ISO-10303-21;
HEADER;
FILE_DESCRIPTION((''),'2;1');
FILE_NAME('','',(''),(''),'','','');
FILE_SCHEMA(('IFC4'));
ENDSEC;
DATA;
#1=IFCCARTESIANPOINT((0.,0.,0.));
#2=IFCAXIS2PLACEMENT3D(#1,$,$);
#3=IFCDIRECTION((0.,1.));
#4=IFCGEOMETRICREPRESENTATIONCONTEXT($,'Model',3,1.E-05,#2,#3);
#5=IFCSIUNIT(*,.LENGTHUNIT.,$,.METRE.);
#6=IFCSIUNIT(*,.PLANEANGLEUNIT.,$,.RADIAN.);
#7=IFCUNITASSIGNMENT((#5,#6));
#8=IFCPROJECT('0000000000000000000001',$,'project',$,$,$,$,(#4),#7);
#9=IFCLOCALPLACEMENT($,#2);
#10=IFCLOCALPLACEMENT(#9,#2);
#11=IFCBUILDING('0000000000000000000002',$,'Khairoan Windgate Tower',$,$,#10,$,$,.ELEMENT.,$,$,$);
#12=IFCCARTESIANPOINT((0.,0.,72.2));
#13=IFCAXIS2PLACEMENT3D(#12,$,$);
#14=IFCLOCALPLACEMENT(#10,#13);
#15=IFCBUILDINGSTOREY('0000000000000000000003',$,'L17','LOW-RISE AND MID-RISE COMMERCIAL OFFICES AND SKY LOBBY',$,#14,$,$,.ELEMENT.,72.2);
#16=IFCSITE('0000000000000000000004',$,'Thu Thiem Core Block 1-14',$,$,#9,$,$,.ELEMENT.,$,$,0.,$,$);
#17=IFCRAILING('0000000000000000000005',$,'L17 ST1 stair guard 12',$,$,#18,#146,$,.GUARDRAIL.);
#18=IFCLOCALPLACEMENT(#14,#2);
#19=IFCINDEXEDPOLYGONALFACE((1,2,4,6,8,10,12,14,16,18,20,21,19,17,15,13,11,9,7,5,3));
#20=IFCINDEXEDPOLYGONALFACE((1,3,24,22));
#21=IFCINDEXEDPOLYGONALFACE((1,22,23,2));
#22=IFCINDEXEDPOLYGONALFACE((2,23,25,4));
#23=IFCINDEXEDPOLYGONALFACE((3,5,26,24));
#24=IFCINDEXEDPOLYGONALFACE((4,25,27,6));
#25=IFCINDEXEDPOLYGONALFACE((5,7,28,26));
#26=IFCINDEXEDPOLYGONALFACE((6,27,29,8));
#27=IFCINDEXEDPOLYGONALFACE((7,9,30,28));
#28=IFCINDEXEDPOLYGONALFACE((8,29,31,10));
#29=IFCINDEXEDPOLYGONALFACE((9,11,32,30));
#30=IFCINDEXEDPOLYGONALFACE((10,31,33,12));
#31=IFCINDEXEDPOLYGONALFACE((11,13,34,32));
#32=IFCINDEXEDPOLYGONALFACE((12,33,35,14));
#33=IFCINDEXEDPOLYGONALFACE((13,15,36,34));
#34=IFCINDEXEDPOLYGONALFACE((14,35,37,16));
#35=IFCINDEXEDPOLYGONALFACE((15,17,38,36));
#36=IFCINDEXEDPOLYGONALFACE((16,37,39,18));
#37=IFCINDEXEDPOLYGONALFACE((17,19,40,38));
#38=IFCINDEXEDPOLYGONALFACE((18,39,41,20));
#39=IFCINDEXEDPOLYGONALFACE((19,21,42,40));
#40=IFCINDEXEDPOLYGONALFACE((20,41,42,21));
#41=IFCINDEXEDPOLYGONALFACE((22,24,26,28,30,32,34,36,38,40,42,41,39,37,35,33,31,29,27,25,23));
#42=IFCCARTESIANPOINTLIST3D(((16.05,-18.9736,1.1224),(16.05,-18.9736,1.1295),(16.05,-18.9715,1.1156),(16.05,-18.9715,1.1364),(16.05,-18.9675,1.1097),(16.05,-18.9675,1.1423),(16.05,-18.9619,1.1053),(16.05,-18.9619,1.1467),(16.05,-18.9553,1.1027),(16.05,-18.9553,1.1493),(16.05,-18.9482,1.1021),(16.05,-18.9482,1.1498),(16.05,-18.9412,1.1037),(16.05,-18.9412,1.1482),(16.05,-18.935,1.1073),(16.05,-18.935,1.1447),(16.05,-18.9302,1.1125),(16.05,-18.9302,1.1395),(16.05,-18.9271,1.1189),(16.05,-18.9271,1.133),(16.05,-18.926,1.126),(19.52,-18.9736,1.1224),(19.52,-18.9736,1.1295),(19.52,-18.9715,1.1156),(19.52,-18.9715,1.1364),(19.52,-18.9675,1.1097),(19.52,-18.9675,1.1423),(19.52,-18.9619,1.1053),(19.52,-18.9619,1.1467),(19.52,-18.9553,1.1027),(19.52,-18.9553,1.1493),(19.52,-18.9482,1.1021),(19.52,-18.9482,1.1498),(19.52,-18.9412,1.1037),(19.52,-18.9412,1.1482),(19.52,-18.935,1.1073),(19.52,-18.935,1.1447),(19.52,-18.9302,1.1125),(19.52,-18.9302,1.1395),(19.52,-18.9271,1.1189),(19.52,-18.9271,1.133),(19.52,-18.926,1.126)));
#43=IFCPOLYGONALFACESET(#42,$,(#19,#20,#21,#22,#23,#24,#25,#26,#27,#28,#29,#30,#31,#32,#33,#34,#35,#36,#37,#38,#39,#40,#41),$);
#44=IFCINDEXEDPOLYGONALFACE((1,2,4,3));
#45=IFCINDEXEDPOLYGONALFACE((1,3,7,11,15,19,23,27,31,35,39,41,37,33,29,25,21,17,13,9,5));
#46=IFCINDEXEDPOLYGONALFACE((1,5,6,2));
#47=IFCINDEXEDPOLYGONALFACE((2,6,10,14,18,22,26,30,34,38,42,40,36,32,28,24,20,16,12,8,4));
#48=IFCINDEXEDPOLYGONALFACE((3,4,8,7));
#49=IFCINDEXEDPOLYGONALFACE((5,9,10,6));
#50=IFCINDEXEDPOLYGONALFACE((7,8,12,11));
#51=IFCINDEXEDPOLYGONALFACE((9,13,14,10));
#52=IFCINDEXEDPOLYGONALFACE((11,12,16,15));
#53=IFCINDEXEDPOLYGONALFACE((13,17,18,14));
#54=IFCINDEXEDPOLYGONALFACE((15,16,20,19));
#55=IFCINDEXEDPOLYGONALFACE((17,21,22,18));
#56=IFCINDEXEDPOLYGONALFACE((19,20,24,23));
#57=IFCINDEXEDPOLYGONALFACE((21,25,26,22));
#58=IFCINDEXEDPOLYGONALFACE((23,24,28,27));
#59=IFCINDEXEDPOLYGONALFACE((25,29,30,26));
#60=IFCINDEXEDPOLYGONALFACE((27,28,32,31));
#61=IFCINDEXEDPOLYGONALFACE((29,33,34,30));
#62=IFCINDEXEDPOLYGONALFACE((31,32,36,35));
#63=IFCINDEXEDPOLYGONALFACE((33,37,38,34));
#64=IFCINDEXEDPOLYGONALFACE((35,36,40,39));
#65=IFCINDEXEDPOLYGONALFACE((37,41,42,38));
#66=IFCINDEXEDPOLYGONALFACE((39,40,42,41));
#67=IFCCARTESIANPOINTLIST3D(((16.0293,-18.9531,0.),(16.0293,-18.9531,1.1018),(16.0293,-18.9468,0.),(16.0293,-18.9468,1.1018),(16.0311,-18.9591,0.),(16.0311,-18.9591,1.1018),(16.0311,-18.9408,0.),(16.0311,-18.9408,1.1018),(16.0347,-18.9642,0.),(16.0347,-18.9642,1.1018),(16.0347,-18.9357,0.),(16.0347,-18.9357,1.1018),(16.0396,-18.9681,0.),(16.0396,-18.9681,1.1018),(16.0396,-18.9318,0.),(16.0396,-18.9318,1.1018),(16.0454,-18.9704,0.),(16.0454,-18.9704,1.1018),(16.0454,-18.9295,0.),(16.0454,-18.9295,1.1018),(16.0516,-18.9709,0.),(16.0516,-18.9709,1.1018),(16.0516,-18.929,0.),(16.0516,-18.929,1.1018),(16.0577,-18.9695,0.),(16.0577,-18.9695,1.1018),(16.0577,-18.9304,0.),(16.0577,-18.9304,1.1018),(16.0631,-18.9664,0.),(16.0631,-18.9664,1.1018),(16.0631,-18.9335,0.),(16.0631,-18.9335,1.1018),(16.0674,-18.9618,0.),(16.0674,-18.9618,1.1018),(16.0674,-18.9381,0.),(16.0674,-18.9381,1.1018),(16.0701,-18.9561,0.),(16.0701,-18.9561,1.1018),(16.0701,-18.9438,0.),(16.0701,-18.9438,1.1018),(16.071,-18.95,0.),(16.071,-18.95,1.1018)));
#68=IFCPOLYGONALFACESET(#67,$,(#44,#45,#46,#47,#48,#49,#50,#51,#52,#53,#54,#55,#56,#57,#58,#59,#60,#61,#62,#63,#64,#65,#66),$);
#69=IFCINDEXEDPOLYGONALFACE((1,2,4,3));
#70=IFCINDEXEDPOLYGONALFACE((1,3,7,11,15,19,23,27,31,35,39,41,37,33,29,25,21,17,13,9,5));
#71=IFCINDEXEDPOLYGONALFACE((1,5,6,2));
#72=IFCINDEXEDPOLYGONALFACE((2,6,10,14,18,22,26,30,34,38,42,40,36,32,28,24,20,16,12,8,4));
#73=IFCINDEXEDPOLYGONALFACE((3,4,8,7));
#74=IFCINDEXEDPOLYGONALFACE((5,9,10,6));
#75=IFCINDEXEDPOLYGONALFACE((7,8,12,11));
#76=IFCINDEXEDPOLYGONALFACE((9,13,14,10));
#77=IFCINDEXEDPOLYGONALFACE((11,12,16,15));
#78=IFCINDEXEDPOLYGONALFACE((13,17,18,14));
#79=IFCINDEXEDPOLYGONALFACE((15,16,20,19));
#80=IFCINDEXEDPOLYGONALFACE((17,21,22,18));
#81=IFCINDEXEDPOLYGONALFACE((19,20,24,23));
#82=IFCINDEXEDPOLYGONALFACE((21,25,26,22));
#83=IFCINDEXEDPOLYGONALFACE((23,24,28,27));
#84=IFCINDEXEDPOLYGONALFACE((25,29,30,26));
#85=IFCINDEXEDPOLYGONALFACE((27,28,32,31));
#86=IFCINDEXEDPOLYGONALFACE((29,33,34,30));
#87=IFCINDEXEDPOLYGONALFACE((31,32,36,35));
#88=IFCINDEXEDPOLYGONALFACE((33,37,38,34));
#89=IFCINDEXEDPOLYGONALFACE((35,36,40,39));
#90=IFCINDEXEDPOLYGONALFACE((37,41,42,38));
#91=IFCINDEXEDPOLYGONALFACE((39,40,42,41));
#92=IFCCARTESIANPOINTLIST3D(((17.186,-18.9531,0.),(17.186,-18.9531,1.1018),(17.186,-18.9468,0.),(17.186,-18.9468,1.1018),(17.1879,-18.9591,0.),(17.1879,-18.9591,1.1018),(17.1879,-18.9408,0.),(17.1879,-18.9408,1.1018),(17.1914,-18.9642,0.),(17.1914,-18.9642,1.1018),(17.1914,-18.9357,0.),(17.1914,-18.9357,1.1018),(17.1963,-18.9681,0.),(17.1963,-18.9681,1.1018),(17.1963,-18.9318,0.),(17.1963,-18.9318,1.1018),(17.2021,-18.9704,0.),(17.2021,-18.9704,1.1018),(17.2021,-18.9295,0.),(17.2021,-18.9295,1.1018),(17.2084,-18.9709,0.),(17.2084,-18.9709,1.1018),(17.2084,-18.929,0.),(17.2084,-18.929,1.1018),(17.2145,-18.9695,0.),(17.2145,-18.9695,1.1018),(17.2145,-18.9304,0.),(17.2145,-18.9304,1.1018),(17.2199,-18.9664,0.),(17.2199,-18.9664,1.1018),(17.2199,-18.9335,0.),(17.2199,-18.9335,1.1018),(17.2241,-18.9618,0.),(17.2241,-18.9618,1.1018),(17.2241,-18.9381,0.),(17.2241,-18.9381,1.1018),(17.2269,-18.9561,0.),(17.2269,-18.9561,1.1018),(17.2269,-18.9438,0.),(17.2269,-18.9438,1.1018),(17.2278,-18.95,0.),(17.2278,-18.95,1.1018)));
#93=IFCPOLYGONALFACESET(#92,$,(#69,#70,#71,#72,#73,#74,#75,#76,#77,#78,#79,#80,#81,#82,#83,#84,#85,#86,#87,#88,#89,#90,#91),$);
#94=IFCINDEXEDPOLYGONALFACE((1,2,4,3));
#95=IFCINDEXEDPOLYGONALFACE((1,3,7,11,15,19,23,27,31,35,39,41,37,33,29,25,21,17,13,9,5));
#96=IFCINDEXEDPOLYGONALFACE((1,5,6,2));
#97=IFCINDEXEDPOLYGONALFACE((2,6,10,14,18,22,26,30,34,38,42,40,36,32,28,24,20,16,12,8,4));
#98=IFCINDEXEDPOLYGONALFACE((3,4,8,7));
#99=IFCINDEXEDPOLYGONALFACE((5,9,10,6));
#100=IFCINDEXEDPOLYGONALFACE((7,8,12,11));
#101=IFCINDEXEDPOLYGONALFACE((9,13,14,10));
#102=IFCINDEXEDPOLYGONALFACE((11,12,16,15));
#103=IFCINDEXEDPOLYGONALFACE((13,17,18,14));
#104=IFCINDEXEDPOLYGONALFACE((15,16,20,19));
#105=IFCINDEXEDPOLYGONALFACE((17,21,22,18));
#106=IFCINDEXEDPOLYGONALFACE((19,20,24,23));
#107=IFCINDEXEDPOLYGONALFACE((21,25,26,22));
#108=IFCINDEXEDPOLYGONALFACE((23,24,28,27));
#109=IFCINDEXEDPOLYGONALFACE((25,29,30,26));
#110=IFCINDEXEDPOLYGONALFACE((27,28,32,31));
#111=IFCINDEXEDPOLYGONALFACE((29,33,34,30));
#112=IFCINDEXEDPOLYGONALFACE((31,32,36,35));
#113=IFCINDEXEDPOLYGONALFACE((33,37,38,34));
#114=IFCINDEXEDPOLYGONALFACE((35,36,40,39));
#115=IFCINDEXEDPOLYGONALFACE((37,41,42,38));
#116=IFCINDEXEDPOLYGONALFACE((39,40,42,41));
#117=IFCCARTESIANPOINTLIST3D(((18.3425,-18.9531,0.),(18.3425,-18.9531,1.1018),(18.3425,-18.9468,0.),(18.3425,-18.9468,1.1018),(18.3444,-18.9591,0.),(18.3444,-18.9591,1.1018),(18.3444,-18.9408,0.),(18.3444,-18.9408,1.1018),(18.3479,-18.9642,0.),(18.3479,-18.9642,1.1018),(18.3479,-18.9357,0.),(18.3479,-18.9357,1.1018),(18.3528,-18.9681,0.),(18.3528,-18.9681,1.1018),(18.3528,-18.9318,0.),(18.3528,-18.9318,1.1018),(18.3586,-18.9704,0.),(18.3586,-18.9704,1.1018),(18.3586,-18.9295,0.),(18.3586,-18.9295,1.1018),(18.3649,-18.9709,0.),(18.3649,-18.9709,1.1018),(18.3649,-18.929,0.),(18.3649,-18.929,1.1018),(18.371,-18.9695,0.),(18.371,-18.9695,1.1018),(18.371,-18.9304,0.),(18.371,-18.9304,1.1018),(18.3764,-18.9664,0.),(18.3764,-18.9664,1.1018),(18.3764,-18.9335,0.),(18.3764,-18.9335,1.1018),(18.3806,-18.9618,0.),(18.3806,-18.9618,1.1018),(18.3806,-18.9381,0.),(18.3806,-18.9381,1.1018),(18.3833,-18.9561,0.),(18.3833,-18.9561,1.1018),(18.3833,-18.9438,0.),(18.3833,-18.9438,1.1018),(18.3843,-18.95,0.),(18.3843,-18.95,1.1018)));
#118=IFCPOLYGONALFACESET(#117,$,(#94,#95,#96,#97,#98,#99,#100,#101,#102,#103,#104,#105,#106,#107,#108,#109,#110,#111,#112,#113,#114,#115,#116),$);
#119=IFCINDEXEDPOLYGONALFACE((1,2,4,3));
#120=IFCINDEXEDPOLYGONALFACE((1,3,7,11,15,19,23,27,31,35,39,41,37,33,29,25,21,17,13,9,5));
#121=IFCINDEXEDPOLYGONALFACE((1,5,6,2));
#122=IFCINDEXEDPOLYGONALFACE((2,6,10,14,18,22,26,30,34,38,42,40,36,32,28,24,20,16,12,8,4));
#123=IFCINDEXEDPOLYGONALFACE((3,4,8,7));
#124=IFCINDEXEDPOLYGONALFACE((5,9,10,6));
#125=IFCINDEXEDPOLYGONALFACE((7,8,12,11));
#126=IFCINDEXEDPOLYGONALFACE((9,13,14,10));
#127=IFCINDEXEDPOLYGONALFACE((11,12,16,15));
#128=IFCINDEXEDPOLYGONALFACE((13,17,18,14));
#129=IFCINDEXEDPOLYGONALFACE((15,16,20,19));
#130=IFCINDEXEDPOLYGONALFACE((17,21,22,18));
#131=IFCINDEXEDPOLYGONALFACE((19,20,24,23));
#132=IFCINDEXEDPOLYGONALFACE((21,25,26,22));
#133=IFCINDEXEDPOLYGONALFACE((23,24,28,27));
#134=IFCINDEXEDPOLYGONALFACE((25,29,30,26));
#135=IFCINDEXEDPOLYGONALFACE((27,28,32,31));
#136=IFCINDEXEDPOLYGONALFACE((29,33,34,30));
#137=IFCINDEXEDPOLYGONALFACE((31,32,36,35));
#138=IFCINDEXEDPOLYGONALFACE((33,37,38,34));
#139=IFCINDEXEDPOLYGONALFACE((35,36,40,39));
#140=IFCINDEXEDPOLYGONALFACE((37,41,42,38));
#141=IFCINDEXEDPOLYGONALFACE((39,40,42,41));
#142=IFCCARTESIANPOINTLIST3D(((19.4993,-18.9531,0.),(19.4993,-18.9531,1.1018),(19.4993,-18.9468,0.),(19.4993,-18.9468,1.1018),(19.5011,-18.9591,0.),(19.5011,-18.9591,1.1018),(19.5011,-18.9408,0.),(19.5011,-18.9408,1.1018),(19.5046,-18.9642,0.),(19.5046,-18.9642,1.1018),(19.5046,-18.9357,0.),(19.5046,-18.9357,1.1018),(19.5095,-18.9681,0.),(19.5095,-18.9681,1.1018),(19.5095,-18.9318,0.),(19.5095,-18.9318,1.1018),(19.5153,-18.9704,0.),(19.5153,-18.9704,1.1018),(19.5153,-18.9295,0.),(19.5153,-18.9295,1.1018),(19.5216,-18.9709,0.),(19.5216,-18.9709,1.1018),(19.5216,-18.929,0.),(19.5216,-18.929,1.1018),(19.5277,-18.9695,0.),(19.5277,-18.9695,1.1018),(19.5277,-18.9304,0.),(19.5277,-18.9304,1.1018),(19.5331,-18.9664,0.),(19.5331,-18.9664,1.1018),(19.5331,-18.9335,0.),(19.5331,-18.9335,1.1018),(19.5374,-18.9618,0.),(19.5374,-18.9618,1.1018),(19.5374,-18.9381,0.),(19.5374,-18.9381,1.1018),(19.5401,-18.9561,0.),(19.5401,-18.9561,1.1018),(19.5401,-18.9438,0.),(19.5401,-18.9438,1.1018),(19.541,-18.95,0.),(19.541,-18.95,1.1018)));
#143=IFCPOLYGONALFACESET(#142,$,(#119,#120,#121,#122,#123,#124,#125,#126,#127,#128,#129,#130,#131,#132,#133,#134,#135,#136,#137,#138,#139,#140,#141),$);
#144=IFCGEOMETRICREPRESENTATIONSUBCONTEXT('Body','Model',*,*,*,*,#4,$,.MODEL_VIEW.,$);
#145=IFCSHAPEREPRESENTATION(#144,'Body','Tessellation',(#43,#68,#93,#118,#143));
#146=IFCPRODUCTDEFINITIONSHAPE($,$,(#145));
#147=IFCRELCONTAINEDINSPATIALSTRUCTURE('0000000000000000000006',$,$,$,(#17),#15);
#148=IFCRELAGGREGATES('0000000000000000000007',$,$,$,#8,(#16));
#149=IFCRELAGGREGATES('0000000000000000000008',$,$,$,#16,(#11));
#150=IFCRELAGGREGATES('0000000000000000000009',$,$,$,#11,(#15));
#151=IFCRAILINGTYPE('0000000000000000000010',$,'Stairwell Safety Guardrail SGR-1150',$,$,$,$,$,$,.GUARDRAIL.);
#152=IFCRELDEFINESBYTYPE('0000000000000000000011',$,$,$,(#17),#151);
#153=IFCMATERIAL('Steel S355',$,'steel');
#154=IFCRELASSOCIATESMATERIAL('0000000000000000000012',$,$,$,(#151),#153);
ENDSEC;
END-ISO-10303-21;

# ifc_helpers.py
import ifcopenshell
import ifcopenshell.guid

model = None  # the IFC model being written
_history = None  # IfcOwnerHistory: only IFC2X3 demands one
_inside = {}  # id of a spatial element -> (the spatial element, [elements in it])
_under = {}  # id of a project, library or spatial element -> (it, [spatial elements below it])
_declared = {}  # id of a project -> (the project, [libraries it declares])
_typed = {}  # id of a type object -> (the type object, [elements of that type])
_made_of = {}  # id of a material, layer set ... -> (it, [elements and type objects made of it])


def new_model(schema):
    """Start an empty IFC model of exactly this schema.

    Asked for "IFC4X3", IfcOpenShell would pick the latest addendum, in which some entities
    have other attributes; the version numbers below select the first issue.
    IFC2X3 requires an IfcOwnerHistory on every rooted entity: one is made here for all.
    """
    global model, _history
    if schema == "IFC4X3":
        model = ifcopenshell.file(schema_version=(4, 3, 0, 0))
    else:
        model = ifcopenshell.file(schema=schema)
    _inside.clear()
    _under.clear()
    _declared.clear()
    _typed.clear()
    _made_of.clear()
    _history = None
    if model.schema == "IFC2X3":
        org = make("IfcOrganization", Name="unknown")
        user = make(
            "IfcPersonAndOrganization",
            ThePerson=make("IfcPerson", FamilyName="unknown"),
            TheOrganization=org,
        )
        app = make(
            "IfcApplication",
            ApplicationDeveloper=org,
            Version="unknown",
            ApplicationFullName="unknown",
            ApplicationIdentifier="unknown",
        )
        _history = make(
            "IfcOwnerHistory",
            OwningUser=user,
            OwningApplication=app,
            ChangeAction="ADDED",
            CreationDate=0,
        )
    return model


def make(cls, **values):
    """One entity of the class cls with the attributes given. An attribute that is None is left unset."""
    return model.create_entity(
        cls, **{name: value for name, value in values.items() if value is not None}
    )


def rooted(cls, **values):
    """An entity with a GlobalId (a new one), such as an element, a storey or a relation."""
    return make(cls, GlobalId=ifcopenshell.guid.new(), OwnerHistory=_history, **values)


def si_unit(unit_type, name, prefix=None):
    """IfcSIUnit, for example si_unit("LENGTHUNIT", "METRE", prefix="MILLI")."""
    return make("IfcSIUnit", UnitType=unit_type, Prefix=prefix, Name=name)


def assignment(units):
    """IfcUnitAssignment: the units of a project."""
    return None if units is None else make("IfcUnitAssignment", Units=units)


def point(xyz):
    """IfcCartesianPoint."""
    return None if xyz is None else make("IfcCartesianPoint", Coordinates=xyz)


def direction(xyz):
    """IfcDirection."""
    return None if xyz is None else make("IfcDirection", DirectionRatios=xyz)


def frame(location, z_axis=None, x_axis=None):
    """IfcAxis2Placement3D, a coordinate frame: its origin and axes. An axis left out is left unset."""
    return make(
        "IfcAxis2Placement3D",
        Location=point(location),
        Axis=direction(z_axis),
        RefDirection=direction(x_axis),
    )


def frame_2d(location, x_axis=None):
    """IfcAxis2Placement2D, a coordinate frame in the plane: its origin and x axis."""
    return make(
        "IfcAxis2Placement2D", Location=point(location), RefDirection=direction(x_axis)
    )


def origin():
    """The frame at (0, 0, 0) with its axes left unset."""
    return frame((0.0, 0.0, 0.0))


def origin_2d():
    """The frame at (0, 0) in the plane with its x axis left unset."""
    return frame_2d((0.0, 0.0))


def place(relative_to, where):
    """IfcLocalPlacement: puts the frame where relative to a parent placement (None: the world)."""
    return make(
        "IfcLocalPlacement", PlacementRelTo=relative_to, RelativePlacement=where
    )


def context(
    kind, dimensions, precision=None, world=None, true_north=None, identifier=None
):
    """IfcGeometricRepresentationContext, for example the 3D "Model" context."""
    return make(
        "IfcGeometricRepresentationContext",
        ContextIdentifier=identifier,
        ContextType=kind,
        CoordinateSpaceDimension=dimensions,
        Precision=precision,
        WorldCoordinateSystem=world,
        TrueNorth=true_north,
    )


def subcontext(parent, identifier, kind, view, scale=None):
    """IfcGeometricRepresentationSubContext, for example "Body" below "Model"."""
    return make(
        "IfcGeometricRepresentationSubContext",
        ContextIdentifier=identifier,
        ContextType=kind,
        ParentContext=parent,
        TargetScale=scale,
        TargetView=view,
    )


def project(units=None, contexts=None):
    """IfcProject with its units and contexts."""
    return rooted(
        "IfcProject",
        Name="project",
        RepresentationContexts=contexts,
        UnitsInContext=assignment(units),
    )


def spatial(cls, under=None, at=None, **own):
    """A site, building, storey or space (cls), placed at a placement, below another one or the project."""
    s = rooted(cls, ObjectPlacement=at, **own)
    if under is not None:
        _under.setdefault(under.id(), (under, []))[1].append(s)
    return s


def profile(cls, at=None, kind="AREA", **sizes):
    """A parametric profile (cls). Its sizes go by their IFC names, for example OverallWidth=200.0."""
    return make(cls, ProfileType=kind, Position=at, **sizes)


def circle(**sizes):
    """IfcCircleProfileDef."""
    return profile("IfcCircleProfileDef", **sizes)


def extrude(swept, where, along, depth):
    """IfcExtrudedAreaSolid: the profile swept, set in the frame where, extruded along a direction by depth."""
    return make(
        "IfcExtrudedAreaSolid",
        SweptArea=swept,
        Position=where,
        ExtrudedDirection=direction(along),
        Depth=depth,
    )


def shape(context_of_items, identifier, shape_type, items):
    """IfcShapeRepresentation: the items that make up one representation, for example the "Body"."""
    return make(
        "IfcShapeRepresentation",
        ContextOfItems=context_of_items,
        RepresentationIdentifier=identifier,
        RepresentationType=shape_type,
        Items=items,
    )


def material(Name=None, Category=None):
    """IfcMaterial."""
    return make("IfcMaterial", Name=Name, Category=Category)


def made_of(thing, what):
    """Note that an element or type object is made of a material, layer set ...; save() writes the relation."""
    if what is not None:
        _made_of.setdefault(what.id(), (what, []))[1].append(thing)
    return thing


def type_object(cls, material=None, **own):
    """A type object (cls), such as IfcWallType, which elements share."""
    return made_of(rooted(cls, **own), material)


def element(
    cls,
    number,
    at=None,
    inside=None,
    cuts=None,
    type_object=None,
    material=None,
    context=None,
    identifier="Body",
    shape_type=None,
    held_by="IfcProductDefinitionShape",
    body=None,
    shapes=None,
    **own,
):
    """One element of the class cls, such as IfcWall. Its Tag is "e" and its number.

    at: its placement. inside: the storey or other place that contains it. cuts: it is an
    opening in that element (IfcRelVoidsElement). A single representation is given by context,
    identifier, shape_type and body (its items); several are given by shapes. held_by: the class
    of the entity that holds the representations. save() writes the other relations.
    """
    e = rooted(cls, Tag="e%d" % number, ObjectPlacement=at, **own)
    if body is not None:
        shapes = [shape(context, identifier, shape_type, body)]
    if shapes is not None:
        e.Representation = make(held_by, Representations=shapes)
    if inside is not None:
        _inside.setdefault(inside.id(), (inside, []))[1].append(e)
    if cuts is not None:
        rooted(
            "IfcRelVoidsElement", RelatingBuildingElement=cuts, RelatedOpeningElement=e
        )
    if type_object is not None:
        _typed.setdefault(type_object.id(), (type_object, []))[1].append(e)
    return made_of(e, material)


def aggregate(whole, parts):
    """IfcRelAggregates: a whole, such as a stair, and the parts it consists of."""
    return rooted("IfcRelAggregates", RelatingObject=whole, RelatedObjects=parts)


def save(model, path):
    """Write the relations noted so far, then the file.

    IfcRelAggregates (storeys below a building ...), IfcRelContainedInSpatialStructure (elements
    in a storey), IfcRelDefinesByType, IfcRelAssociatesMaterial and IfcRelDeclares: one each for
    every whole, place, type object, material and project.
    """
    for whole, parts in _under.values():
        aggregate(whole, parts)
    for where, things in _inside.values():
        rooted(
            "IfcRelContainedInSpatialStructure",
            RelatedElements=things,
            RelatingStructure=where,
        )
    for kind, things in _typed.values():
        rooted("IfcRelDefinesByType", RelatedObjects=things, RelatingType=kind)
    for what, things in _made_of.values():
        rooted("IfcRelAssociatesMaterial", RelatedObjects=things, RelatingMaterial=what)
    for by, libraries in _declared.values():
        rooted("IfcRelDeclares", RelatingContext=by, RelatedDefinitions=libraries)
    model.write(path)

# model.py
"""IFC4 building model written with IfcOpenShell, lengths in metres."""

from ifc_helpers import new_model, si_unit, direction, frame, origin, origin_2d, place, context, subcontext, project, spatial, circle, extrude, material, type_object, element, save


model = new_model("IFC4")

# Units and contexts
model_context = context("Model", 3, precision=1e-05, world=origin(), true_north=direction((0.0, 1.0)))
body_context = subcontext(model_context, "Body", "Model", "MODEL_VIEW")
ifc_project = project(units=[si_unit("LENGTHUNIT", "METRE"), si_unit("PLANEANGLEUNIT", "RADIAN")], contexts=[model_context])

# Site, building, storey
site_placement = place(None, origin())
site = spatial("IfcSite", under=ifc_project, at=site_placement, Name="Thu Thiem Core Block 1-14", CompositionType="ELEMENT", RefElevation=0.0)
building_placement = place(site_placement, origin())
building = spatial("IfcBuilding", under=site, at=building_placement, Name="Khairoan Windgate Tower", CompositionType="ELEMENT")
storey_placement = place(building_placement, frame((0.0, 0.0, 72.2)))
storey = spatial("IfcBuildingStorey", under=building, at=storey_placement, Name="L17", Description="LOW-RISE AND MID-RISE COMMERCIAL OFFICES AND SKY LOBBY", CompositionType="ELEMENT", Elevation=72.2)

# Railing
ifc_material_1 = material(Name="Steel S355", Category="steel")
railing_type_1 = type_object("IfcRailingType", Name="Stairwell Safety Guardrail SGR-1150", PredefinedType="GUARDRAIL", material=ifc_material_1)
railing_1_placement = place(storey_placement, frame((16.05, -18.95, 0.0)))
element("IfcRailing", 1, at=railing_1_placement, inside=storey, type_object=railing_type_1, Name="L17 ST1 stair guard 12", PredefinedType="GUARDRAIL", context=body_context, shape_type="SweptSolid", body=[
    extrude(circle(Radius=0.0239, at=origin_2d()), frame((0.0, 0.0, 1.126), z_axis=(1.0, 0.0, 0.0), x_axis=(0.0, 1.0, 0.0)), (0.0, 0.0, 1.0), 3.47),
    extrude(circle(Radius=0.021, at=origin_2d()), origin(), (0.0, 0.0, 1.0), 1.1018),
    extrude(circle(Radius=0.021, at=origin_2d()), frame((1.1567, 0.0, 0.0)), (0.0, 0.0, 1.0), 1.1018),
    extrude(circle(Radius=0.021, at=origin_2d()), frame((2.3132, 0.0, 0.0)), (0.0, 0.0, 1.0), 1.1018),
    extrude(circle(Radius=0.021, at=origin_2d()), frame((3.47, 0.0, 0.0)), (0.0, 0.0, 1.0), 1.1018),
])

save(model, "model.ifc")
